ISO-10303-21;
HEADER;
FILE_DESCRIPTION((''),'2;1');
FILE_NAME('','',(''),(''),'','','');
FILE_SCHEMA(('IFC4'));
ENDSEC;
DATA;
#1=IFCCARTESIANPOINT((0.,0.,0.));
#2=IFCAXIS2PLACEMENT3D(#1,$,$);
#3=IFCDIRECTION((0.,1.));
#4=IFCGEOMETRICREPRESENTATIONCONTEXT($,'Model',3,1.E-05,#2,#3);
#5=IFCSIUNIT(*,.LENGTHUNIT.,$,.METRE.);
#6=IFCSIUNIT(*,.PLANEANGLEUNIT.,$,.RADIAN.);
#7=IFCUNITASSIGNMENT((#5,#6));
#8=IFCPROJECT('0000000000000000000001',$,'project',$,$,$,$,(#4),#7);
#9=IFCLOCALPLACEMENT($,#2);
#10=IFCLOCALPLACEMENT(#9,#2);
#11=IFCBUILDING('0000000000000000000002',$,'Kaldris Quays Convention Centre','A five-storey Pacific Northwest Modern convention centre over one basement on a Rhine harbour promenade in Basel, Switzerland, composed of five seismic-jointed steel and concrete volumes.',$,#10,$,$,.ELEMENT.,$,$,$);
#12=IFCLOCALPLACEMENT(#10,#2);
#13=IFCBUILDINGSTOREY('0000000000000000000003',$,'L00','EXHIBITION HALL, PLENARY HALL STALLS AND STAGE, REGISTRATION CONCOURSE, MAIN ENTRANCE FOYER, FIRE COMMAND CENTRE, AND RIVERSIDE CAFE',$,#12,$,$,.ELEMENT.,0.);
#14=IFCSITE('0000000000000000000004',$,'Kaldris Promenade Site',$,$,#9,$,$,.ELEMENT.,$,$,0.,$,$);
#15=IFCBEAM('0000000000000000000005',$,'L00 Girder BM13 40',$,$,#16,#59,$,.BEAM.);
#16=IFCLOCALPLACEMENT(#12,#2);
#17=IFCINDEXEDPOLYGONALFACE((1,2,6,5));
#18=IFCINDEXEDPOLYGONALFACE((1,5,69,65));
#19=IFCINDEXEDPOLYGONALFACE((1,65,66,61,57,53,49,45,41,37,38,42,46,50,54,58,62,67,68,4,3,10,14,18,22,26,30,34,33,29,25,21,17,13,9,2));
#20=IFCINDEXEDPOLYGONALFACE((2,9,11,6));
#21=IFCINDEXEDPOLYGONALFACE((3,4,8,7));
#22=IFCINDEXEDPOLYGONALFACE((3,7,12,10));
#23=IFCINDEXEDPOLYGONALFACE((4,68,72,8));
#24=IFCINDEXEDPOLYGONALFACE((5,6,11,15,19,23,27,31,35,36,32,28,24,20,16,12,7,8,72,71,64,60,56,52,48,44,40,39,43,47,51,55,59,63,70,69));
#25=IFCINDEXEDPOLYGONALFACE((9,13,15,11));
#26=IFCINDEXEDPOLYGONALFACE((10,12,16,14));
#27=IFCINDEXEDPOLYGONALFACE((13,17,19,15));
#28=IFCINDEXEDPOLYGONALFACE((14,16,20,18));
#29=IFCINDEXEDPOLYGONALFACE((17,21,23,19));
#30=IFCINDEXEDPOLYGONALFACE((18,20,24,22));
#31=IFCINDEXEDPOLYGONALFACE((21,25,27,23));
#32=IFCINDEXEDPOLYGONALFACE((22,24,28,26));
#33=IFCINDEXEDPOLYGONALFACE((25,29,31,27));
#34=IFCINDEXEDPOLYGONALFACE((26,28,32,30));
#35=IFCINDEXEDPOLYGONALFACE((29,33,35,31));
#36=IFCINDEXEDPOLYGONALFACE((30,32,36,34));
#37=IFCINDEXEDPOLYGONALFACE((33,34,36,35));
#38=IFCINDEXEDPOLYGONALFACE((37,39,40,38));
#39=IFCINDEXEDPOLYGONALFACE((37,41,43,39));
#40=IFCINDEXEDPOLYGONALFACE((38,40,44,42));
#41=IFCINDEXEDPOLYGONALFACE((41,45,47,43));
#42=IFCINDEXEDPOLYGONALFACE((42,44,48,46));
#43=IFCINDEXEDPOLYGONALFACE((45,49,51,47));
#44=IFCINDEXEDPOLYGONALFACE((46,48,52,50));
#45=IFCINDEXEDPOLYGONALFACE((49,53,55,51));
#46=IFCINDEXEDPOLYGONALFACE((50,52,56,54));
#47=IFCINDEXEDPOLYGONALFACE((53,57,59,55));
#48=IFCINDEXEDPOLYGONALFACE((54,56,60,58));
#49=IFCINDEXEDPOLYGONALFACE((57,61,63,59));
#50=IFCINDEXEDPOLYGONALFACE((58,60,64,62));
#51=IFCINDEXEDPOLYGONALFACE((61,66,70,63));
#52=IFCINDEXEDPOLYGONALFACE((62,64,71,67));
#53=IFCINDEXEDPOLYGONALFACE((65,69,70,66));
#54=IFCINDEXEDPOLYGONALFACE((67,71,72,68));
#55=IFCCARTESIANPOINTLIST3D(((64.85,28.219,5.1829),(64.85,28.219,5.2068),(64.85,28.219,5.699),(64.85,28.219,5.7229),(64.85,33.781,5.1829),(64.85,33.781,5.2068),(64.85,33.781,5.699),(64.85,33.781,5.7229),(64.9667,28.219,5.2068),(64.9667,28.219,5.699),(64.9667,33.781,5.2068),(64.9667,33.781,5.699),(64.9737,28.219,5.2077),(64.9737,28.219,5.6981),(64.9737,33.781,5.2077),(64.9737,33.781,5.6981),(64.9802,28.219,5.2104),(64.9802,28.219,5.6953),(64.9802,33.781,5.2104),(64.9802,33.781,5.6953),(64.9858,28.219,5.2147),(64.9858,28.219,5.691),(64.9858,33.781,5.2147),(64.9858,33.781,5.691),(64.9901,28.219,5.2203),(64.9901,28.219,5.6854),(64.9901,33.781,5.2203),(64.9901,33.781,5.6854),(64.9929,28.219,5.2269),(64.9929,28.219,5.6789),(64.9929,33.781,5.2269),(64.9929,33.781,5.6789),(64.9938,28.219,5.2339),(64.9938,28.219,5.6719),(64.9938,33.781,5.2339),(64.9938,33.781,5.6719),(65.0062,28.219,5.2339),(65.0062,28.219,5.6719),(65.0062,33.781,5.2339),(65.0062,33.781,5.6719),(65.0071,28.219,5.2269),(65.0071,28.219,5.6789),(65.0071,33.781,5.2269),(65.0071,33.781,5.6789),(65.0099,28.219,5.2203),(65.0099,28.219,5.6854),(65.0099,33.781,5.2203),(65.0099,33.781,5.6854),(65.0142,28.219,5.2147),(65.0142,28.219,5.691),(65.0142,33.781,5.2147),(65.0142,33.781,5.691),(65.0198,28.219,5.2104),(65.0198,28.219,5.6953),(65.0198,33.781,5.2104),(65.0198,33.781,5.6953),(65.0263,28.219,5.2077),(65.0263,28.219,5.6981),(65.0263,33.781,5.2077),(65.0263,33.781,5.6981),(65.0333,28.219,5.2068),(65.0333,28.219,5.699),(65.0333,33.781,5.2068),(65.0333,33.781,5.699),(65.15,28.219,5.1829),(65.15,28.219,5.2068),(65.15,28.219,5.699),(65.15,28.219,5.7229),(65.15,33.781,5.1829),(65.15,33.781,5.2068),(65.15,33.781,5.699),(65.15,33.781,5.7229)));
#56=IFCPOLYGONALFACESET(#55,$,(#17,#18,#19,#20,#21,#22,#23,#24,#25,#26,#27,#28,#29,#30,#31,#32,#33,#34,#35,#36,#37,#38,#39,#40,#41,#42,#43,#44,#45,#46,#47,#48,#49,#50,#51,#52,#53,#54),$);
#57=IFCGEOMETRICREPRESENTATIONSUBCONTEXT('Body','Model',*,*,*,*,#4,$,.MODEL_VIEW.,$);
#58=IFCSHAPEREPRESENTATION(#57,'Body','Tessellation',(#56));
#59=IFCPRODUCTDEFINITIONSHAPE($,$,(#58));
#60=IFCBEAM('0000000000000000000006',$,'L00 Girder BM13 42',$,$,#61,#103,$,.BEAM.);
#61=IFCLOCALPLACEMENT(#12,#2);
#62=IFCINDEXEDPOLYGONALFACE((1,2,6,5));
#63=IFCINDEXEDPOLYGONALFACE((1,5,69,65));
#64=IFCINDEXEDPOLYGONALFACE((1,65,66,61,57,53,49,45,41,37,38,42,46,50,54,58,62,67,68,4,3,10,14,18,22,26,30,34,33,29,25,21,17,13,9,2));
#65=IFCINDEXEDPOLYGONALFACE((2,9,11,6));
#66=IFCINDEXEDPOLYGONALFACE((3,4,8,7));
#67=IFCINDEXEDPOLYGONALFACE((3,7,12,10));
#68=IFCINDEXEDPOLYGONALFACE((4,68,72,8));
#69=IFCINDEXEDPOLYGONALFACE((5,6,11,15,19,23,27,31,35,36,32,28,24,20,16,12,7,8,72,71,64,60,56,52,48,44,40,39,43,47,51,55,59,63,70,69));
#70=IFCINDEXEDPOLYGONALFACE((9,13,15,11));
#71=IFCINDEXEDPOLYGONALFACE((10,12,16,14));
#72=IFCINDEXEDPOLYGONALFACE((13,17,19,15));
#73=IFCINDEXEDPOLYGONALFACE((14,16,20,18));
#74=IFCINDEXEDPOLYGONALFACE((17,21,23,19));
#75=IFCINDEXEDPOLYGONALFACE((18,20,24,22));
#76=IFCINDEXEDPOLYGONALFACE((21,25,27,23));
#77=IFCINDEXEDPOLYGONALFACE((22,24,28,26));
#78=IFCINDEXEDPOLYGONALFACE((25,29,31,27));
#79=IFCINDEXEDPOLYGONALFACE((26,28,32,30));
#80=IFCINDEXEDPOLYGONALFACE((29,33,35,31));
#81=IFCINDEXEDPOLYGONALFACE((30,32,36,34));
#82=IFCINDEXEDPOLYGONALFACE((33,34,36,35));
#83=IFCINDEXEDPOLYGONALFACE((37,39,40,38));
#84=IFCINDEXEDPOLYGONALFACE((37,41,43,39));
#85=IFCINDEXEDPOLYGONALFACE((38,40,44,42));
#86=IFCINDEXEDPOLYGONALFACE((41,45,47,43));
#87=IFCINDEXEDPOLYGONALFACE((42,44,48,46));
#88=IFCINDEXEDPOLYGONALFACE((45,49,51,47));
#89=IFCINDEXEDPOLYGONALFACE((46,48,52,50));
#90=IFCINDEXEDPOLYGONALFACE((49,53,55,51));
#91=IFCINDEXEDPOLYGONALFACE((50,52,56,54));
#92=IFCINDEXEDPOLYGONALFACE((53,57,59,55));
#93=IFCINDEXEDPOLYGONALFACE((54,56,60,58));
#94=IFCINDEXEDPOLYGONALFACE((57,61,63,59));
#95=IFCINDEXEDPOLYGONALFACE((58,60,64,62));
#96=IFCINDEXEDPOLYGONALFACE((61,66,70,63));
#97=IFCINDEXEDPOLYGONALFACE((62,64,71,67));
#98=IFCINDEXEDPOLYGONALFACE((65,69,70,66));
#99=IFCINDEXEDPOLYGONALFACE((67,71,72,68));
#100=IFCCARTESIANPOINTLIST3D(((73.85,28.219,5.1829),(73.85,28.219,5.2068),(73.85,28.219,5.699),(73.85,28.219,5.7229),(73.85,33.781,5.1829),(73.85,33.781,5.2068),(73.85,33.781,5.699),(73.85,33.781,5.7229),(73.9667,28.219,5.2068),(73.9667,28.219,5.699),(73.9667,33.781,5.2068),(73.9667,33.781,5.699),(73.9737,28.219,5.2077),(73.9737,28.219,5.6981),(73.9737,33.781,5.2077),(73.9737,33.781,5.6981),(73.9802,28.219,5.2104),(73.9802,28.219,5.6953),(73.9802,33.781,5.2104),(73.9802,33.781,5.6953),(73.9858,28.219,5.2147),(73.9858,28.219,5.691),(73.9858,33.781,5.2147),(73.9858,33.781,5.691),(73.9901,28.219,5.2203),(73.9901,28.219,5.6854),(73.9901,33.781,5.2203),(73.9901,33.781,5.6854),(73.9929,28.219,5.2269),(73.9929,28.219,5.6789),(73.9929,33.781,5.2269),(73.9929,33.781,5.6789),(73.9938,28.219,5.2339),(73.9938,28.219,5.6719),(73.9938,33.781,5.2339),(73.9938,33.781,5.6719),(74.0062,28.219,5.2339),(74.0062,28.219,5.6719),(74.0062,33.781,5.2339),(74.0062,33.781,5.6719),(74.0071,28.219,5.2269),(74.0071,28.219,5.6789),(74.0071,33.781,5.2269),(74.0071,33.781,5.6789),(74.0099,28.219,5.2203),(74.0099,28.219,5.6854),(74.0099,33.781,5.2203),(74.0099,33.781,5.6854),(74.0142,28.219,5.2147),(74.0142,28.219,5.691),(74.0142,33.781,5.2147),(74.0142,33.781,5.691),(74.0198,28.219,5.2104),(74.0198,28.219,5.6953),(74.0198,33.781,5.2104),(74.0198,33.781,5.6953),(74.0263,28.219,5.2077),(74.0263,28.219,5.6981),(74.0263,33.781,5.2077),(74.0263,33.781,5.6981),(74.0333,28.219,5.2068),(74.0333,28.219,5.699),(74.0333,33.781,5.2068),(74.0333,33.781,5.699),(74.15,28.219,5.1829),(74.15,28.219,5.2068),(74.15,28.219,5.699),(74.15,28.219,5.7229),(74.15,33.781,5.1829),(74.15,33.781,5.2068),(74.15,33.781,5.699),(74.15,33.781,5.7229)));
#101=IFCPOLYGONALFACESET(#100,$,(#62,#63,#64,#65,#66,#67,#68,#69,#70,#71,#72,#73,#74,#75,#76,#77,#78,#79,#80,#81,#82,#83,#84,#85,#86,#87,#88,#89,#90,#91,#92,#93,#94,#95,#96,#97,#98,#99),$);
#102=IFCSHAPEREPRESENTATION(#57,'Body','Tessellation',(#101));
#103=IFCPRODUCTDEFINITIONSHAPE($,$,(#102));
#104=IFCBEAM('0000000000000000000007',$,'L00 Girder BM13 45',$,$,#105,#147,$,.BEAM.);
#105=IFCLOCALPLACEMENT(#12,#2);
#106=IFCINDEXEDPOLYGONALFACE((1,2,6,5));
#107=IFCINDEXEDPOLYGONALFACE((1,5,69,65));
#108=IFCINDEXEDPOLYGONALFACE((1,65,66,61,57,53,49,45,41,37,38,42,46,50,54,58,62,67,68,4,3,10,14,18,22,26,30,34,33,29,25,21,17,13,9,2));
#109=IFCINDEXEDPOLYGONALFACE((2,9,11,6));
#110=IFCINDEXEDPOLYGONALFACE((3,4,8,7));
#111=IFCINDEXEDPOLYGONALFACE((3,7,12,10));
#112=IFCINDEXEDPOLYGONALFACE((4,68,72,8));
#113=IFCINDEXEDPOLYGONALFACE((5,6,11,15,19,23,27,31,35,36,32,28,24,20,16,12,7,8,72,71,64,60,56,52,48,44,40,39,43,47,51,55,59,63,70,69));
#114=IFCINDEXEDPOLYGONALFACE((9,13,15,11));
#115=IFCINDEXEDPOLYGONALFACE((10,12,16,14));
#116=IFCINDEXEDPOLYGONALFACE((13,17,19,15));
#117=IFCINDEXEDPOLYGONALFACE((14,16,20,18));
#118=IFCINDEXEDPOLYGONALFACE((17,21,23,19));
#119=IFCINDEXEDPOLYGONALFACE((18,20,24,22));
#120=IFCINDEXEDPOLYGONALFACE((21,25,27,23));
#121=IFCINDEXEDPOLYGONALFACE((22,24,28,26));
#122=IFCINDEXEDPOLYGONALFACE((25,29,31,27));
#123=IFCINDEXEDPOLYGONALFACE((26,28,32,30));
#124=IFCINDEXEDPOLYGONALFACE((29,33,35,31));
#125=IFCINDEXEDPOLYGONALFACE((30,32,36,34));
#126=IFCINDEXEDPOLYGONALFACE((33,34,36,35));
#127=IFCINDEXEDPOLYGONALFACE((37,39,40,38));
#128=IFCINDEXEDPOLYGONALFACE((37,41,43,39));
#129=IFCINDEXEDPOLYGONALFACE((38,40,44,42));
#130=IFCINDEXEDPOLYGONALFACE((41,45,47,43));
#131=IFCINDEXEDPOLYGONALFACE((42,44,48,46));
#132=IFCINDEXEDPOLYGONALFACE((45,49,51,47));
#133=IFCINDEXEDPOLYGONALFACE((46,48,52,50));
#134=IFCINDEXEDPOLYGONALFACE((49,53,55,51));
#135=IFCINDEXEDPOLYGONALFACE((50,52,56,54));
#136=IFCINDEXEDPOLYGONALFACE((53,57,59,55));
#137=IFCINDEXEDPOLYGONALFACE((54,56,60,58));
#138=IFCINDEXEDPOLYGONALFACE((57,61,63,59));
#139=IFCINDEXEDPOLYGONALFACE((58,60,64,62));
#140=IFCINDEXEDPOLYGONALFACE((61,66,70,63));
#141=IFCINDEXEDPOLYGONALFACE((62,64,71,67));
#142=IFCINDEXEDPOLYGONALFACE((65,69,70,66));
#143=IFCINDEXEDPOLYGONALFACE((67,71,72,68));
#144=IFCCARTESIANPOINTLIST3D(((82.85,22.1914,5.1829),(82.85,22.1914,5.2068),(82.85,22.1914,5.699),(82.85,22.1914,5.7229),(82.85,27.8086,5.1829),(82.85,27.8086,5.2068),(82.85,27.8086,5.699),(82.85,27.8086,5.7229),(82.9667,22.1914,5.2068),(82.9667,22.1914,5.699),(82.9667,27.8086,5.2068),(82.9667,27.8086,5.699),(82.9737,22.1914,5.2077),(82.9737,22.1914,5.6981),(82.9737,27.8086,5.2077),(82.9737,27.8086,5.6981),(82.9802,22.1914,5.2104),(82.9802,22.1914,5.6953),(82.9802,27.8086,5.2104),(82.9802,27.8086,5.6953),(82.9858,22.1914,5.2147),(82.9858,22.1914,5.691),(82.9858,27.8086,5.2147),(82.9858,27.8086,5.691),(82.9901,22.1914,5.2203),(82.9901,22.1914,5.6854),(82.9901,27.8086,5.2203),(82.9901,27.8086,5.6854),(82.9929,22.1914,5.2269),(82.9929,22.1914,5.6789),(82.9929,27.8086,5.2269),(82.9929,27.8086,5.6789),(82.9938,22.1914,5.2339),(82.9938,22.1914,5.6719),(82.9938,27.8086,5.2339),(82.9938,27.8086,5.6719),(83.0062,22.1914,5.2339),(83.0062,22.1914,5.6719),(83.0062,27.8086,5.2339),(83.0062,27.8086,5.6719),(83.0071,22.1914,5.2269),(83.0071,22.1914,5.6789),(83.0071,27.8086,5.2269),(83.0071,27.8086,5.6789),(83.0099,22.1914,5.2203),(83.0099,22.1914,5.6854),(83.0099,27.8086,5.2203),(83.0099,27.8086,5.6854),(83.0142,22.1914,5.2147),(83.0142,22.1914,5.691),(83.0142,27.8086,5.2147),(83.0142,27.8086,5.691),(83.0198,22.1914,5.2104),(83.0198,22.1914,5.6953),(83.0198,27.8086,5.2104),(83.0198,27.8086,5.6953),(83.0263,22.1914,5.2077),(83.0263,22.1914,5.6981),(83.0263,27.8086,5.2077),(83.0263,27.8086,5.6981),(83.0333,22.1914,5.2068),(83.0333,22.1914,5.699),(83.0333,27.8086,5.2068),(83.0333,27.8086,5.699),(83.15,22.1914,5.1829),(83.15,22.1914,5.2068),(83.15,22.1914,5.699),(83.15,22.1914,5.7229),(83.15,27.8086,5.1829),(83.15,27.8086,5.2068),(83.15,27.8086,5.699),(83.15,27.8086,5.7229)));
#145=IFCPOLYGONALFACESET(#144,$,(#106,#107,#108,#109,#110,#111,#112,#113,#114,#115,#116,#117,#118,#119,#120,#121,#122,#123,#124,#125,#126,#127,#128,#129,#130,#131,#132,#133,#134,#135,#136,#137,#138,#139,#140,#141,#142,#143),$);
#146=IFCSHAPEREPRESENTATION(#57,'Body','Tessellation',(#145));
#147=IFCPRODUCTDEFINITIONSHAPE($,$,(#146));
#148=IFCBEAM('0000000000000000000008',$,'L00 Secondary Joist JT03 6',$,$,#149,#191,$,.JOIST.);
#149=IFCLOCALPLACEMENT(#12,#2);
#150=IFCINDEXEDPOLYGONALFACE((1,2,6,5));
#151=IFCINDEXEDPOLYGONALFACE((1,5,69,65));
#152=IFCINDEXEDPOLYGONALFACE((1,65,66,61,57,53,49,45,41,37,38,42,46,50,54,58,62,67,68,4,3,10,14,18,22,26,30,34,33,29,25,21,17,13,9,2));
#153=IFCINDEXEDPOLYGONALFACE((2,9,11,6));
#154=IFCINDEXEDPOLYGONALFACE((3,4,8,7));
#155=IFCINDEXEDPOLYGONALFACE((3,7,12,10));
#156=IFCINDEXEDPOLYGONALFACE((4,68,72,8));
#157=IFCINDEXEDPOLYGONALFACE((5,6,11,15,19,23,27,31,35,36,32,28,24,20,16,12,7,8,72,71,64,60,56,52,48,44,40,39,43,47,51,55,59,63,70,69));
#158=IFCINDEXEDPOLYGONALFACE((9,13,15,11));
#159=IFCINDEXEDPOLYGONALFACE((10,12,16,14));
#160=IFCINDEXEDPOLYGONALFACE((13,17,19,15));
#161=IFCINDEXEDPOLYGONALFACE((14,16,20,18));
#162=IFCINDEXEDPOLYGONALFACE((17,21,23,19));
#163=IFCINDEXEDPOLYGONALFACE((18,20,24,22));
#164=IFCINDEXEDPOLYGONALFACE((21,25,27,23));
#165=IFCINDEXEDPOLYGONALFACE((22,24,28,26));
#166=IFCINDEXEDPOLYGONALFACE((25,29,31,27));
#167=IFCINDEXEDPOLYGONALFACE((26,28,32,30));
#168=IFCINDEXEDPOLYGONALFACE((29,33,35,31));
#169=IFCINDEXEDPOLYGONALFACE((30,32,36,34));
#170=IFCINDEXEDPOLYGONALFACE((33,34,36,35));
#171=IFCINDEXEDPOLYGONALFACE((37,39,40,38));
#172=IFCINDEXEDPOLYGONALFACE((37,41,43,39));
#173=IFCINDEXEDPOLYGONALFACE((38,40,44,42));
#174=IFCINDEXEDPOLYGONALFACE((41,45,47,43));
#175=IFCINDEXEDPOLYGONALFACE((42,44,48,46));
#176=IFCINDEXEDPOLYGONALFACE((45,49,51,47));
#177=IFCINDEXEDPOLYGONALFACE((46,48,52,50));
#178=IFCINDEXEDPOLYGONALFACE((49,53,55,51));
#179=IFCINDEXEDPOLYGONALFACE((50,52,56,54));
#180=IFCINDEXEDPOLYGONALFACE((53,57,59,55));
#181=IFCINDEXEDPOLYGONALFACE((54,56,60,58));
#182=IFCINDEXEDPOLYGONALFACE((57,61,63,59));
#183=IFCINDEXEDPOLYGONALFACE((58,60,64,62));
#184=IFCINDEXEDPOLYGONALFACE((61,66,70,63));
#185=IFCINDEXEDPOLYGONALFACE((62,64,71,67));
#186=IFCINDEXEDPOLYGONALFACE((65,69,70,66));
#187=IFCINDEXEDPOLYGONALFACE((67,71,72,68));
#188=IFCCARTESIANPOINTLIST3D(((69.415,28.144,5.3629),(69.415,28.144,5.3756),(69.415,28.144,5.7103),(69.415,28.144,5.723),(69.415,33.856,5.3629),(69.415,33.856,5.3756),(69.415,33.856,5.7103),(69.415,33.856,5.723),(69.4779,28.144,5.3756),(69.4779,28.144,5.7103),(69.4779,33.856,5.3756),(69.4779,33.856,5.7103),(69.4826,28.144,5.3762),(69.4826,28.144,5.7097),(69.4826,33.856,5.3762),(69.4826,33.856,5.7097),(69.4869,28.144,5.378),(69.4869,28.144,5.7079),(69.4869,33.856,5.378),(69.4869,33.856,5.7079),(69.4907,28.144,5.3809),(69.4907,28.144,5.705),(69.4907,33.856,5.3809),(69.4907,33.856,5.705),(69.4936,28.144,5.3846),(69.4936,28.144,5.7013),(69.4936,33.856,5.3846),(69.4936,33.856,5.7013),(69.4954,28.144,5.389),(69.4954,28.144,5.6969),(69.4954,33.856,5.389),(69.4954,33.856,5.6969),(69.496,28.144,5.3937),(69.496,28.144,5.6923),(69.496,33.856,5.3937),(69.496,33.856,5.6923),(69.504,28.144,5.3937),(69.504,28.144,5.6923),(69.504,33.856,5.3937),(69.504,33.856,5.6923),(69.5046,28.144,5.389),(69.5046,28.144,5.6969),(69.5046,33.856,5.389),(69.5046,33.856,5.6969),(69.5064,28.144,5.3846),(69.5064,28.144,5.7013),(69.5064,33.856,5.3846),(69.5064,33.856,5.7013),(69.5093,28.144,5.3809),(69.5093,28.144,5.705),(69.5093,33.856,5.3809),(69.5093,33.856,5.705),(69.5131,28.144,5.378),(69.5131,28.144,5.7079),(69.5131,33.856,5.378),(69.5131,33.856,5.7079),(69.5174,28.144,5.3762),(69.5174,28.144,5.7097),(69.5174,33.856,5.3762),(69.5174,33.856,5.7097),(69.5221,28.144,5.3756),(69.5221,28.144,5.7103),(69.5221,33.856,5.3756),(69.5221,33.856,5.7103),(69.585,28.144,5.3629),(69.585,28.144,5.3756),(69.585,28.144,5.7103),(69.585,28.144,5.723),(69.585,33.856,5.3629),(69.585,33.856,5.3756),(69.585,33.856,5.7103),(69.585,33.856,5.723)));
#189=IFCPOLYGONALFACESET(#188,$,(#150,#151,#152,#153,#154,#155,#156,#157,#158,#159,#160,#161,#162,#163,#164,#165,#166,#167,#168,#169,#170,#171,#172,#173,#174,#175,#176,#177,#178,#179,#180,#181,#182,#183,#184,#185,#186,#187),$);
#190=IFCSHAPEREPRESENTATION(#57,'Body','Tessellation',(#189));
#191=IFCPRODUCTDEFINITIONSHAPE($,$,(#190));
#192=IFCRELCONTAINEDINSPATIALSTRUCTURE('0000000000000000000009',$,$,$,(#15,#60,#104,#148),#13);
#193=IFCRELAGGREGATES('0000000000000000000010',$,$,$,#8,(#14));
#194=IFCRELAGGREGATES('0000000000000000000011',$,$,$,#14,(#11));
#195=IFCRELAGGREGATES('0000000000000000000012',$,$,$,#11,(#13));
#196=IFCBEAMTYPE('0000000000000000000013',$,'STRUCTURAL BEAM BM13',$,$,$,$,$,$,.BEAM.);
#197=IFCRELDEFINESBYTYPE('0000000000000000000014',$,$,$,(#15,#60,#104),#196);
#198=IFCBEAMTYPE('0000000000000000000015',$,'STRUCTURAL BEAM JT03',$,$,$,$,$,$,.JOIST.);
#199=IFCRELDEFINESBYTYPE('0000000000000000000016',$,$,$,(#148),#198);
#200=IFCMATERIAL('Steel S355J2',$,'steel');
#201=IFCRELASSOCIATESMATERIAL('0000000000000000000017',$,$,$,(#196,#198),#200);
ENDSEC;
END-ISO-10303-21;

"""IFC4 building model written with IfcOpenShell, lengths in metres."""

from ifc_helpers import new_model, si_unit, direction, frame, origin, origin_2d, place, context, subcontext, project, spatial, i_section, extrude, material, material_profile, profile_set, type_object, element, save


model = new_model("IFC4")

# Units and contexts
model_context = context("Model", 3, precision=1e-05, world=origin(), true_north=direction((0.0, 1.0)))
body_context = subcontext(model_context, "Body", "Model", "MODEL_VIEW")
ifc_project = project(units=[si_unit("LENGTHUNIT", "METRE"), si_unit("PLANEANGLEUNIT", "RADIAN")], contexts=[model_context])

# Site, building, storey
site_placement = place(None, origin())
site = spatial("IfcSite", under=ifc_project, at=site_placement, Name="Kaldris Promenade Site", CompositionType="ELEMENT", RefElevation=0.0)
building_placement = place(site_placement, origin())
building = spatial("IfcBuilding", under=site, at=building_placement, Name="Kaldris Quays Convention Centre", Description="A five-storey Pacific Northwest Modern convention centre over one basement on a Rhine harbour promenade in Basel, Switzerland, composed of five seismic-jointed steel and concrete volumes.", CompositionType="ELEMENT")
storey_placement = place(building_placement, origin())
storey = spatial("IfcBuildingStorey", under=building, at=storey_placement, Name="L00", Description="EXHIBITION HALL, PLENARY HALL STALLS AND STAGE, REGISTRATION CONCOURSE, MAIN ENTRANCE FOYER, FIRE COMMAND CENTRE, AND RIVERSIDE CAFE", CompositionType="ELEMENT", Elevation=0.0)

# Shared definitions
ifc_material_1 = material(Name="Steel S355J2", Category="steel")

# Beams
ifc_material_profile_1 = material_profile(ifc_material_1, i_section(OverallWidth=0.3, OverallDepth=0.54, WebThickness=0.0125, FlangeThickness=0.0239, FilletRadius=0.0271, at=origin_2d()), Name="HEA 550")
ifc_profile_set_1 = profile_set([ifc_material_profile_1], Name="Steel S355J2")
beam_type_1 = type_object("IfcBeamType", Name="STRUCTURAL BEAM BM13", PredefinedType="BEAM", material=ifc_profile_set_1)
for number, where, z_axis, x_axis, name in (
    (1, (65.0, 28.219, 5.4529), (0.0, 1.0, 0.0), (-1.0, 0.0, 0.0), "L00 Girder BM13 40"),
    (2, (74.0, 28.219, 5.4529), (0.0, 1.0, 0.0), (-1.0, 0.0, 0.0), "L00 Girder BM13 42"),
):
    element("IfcBeam", number, at=place(storey_placement, frame(where, z_axis=z_axis, x_axis=x_axis)), inside=storey, type_object=beam_type_1, Name=name, PredefinedType="BEAM", context=body_context, shape_type="SweptSolid", body=[
        extrude(i_section(OverallWidth=0.3, OverallDepth=0.54, WebThickness=0.0125, FlangeThickness=0.0239, FilletRadius=0.0271, at=origin_2d()), origin(), (0.0, 0.0, 1.0), 5.562),
    ])
beam_1_placement = place(storey_placement, frame((83.0, 22.1914, 5.4529), z_axis=(0.0, 1.0, 0.0), x_axis=(-1.0, 0.0, 0.0)))
element("IfcBeam", 3, at=beam_1_placement, inside=storey, type_object=beam_type_1, Name="L00 Girder BM13 45", PredefinedType="BEAM", context=body_context, shape_type="SweptSolid", body=[
    extrude(i_section(OverallWidth=0.3, OverallDepth=0.54, WebThickness=0.0125, FlangeThickness=0.0239, FilletRadius=0.0271, at=origin_2d()), origin(), (0.0, 0.0, 1.0), 5.6172),
])
ifc_material_profile_2 = material_profile(ifc_material_1, i_section(OverallWidth=0.1699, OverallDepth=0.3601, WebThickness=0.0081, FlangeThickness=0.0127, FilletRadius=0.0181, at=origin_2d()), Name="IPE 360")
ifc_profile_set_2 = profile_set([ifc_material_profile_2], Name="Steel S355J2")
beam_type_2 = type_object("IfcBeamType", Name="STRUCTURAL BEAM JT03", PredefinedType="JOIST", material=ifc_profile_set_2)
for number, where, z_axis, x_axis, name in (
    (4, (69.5, 28.144, 5.543), (0.0, 1.0, 0.0), (-1.0, 0.0, 0.0), "L00 Secondary Joist JT03 6"),
):
    element("IfcBeam", number, at=place(storey_placement, frame(where, z_axis=z_axis, x_axis=x_axis)), inside=storey, type_object=beam_type_2, Name=name, PredefinedType="JOIST", context=body_context, shape_type="SweptSolid", body=[
        extrude(i_section(OverallWidth=0.1699, OverallDepth=0.3601, WebThickness=0.0081, FlangeThickness=0.0127, FilletRadius=0.0181, at=origin_2d()), origin(), (0.0, 0.0, 1.0), 5.7119),
    ])

save(model, "model.ifc")
